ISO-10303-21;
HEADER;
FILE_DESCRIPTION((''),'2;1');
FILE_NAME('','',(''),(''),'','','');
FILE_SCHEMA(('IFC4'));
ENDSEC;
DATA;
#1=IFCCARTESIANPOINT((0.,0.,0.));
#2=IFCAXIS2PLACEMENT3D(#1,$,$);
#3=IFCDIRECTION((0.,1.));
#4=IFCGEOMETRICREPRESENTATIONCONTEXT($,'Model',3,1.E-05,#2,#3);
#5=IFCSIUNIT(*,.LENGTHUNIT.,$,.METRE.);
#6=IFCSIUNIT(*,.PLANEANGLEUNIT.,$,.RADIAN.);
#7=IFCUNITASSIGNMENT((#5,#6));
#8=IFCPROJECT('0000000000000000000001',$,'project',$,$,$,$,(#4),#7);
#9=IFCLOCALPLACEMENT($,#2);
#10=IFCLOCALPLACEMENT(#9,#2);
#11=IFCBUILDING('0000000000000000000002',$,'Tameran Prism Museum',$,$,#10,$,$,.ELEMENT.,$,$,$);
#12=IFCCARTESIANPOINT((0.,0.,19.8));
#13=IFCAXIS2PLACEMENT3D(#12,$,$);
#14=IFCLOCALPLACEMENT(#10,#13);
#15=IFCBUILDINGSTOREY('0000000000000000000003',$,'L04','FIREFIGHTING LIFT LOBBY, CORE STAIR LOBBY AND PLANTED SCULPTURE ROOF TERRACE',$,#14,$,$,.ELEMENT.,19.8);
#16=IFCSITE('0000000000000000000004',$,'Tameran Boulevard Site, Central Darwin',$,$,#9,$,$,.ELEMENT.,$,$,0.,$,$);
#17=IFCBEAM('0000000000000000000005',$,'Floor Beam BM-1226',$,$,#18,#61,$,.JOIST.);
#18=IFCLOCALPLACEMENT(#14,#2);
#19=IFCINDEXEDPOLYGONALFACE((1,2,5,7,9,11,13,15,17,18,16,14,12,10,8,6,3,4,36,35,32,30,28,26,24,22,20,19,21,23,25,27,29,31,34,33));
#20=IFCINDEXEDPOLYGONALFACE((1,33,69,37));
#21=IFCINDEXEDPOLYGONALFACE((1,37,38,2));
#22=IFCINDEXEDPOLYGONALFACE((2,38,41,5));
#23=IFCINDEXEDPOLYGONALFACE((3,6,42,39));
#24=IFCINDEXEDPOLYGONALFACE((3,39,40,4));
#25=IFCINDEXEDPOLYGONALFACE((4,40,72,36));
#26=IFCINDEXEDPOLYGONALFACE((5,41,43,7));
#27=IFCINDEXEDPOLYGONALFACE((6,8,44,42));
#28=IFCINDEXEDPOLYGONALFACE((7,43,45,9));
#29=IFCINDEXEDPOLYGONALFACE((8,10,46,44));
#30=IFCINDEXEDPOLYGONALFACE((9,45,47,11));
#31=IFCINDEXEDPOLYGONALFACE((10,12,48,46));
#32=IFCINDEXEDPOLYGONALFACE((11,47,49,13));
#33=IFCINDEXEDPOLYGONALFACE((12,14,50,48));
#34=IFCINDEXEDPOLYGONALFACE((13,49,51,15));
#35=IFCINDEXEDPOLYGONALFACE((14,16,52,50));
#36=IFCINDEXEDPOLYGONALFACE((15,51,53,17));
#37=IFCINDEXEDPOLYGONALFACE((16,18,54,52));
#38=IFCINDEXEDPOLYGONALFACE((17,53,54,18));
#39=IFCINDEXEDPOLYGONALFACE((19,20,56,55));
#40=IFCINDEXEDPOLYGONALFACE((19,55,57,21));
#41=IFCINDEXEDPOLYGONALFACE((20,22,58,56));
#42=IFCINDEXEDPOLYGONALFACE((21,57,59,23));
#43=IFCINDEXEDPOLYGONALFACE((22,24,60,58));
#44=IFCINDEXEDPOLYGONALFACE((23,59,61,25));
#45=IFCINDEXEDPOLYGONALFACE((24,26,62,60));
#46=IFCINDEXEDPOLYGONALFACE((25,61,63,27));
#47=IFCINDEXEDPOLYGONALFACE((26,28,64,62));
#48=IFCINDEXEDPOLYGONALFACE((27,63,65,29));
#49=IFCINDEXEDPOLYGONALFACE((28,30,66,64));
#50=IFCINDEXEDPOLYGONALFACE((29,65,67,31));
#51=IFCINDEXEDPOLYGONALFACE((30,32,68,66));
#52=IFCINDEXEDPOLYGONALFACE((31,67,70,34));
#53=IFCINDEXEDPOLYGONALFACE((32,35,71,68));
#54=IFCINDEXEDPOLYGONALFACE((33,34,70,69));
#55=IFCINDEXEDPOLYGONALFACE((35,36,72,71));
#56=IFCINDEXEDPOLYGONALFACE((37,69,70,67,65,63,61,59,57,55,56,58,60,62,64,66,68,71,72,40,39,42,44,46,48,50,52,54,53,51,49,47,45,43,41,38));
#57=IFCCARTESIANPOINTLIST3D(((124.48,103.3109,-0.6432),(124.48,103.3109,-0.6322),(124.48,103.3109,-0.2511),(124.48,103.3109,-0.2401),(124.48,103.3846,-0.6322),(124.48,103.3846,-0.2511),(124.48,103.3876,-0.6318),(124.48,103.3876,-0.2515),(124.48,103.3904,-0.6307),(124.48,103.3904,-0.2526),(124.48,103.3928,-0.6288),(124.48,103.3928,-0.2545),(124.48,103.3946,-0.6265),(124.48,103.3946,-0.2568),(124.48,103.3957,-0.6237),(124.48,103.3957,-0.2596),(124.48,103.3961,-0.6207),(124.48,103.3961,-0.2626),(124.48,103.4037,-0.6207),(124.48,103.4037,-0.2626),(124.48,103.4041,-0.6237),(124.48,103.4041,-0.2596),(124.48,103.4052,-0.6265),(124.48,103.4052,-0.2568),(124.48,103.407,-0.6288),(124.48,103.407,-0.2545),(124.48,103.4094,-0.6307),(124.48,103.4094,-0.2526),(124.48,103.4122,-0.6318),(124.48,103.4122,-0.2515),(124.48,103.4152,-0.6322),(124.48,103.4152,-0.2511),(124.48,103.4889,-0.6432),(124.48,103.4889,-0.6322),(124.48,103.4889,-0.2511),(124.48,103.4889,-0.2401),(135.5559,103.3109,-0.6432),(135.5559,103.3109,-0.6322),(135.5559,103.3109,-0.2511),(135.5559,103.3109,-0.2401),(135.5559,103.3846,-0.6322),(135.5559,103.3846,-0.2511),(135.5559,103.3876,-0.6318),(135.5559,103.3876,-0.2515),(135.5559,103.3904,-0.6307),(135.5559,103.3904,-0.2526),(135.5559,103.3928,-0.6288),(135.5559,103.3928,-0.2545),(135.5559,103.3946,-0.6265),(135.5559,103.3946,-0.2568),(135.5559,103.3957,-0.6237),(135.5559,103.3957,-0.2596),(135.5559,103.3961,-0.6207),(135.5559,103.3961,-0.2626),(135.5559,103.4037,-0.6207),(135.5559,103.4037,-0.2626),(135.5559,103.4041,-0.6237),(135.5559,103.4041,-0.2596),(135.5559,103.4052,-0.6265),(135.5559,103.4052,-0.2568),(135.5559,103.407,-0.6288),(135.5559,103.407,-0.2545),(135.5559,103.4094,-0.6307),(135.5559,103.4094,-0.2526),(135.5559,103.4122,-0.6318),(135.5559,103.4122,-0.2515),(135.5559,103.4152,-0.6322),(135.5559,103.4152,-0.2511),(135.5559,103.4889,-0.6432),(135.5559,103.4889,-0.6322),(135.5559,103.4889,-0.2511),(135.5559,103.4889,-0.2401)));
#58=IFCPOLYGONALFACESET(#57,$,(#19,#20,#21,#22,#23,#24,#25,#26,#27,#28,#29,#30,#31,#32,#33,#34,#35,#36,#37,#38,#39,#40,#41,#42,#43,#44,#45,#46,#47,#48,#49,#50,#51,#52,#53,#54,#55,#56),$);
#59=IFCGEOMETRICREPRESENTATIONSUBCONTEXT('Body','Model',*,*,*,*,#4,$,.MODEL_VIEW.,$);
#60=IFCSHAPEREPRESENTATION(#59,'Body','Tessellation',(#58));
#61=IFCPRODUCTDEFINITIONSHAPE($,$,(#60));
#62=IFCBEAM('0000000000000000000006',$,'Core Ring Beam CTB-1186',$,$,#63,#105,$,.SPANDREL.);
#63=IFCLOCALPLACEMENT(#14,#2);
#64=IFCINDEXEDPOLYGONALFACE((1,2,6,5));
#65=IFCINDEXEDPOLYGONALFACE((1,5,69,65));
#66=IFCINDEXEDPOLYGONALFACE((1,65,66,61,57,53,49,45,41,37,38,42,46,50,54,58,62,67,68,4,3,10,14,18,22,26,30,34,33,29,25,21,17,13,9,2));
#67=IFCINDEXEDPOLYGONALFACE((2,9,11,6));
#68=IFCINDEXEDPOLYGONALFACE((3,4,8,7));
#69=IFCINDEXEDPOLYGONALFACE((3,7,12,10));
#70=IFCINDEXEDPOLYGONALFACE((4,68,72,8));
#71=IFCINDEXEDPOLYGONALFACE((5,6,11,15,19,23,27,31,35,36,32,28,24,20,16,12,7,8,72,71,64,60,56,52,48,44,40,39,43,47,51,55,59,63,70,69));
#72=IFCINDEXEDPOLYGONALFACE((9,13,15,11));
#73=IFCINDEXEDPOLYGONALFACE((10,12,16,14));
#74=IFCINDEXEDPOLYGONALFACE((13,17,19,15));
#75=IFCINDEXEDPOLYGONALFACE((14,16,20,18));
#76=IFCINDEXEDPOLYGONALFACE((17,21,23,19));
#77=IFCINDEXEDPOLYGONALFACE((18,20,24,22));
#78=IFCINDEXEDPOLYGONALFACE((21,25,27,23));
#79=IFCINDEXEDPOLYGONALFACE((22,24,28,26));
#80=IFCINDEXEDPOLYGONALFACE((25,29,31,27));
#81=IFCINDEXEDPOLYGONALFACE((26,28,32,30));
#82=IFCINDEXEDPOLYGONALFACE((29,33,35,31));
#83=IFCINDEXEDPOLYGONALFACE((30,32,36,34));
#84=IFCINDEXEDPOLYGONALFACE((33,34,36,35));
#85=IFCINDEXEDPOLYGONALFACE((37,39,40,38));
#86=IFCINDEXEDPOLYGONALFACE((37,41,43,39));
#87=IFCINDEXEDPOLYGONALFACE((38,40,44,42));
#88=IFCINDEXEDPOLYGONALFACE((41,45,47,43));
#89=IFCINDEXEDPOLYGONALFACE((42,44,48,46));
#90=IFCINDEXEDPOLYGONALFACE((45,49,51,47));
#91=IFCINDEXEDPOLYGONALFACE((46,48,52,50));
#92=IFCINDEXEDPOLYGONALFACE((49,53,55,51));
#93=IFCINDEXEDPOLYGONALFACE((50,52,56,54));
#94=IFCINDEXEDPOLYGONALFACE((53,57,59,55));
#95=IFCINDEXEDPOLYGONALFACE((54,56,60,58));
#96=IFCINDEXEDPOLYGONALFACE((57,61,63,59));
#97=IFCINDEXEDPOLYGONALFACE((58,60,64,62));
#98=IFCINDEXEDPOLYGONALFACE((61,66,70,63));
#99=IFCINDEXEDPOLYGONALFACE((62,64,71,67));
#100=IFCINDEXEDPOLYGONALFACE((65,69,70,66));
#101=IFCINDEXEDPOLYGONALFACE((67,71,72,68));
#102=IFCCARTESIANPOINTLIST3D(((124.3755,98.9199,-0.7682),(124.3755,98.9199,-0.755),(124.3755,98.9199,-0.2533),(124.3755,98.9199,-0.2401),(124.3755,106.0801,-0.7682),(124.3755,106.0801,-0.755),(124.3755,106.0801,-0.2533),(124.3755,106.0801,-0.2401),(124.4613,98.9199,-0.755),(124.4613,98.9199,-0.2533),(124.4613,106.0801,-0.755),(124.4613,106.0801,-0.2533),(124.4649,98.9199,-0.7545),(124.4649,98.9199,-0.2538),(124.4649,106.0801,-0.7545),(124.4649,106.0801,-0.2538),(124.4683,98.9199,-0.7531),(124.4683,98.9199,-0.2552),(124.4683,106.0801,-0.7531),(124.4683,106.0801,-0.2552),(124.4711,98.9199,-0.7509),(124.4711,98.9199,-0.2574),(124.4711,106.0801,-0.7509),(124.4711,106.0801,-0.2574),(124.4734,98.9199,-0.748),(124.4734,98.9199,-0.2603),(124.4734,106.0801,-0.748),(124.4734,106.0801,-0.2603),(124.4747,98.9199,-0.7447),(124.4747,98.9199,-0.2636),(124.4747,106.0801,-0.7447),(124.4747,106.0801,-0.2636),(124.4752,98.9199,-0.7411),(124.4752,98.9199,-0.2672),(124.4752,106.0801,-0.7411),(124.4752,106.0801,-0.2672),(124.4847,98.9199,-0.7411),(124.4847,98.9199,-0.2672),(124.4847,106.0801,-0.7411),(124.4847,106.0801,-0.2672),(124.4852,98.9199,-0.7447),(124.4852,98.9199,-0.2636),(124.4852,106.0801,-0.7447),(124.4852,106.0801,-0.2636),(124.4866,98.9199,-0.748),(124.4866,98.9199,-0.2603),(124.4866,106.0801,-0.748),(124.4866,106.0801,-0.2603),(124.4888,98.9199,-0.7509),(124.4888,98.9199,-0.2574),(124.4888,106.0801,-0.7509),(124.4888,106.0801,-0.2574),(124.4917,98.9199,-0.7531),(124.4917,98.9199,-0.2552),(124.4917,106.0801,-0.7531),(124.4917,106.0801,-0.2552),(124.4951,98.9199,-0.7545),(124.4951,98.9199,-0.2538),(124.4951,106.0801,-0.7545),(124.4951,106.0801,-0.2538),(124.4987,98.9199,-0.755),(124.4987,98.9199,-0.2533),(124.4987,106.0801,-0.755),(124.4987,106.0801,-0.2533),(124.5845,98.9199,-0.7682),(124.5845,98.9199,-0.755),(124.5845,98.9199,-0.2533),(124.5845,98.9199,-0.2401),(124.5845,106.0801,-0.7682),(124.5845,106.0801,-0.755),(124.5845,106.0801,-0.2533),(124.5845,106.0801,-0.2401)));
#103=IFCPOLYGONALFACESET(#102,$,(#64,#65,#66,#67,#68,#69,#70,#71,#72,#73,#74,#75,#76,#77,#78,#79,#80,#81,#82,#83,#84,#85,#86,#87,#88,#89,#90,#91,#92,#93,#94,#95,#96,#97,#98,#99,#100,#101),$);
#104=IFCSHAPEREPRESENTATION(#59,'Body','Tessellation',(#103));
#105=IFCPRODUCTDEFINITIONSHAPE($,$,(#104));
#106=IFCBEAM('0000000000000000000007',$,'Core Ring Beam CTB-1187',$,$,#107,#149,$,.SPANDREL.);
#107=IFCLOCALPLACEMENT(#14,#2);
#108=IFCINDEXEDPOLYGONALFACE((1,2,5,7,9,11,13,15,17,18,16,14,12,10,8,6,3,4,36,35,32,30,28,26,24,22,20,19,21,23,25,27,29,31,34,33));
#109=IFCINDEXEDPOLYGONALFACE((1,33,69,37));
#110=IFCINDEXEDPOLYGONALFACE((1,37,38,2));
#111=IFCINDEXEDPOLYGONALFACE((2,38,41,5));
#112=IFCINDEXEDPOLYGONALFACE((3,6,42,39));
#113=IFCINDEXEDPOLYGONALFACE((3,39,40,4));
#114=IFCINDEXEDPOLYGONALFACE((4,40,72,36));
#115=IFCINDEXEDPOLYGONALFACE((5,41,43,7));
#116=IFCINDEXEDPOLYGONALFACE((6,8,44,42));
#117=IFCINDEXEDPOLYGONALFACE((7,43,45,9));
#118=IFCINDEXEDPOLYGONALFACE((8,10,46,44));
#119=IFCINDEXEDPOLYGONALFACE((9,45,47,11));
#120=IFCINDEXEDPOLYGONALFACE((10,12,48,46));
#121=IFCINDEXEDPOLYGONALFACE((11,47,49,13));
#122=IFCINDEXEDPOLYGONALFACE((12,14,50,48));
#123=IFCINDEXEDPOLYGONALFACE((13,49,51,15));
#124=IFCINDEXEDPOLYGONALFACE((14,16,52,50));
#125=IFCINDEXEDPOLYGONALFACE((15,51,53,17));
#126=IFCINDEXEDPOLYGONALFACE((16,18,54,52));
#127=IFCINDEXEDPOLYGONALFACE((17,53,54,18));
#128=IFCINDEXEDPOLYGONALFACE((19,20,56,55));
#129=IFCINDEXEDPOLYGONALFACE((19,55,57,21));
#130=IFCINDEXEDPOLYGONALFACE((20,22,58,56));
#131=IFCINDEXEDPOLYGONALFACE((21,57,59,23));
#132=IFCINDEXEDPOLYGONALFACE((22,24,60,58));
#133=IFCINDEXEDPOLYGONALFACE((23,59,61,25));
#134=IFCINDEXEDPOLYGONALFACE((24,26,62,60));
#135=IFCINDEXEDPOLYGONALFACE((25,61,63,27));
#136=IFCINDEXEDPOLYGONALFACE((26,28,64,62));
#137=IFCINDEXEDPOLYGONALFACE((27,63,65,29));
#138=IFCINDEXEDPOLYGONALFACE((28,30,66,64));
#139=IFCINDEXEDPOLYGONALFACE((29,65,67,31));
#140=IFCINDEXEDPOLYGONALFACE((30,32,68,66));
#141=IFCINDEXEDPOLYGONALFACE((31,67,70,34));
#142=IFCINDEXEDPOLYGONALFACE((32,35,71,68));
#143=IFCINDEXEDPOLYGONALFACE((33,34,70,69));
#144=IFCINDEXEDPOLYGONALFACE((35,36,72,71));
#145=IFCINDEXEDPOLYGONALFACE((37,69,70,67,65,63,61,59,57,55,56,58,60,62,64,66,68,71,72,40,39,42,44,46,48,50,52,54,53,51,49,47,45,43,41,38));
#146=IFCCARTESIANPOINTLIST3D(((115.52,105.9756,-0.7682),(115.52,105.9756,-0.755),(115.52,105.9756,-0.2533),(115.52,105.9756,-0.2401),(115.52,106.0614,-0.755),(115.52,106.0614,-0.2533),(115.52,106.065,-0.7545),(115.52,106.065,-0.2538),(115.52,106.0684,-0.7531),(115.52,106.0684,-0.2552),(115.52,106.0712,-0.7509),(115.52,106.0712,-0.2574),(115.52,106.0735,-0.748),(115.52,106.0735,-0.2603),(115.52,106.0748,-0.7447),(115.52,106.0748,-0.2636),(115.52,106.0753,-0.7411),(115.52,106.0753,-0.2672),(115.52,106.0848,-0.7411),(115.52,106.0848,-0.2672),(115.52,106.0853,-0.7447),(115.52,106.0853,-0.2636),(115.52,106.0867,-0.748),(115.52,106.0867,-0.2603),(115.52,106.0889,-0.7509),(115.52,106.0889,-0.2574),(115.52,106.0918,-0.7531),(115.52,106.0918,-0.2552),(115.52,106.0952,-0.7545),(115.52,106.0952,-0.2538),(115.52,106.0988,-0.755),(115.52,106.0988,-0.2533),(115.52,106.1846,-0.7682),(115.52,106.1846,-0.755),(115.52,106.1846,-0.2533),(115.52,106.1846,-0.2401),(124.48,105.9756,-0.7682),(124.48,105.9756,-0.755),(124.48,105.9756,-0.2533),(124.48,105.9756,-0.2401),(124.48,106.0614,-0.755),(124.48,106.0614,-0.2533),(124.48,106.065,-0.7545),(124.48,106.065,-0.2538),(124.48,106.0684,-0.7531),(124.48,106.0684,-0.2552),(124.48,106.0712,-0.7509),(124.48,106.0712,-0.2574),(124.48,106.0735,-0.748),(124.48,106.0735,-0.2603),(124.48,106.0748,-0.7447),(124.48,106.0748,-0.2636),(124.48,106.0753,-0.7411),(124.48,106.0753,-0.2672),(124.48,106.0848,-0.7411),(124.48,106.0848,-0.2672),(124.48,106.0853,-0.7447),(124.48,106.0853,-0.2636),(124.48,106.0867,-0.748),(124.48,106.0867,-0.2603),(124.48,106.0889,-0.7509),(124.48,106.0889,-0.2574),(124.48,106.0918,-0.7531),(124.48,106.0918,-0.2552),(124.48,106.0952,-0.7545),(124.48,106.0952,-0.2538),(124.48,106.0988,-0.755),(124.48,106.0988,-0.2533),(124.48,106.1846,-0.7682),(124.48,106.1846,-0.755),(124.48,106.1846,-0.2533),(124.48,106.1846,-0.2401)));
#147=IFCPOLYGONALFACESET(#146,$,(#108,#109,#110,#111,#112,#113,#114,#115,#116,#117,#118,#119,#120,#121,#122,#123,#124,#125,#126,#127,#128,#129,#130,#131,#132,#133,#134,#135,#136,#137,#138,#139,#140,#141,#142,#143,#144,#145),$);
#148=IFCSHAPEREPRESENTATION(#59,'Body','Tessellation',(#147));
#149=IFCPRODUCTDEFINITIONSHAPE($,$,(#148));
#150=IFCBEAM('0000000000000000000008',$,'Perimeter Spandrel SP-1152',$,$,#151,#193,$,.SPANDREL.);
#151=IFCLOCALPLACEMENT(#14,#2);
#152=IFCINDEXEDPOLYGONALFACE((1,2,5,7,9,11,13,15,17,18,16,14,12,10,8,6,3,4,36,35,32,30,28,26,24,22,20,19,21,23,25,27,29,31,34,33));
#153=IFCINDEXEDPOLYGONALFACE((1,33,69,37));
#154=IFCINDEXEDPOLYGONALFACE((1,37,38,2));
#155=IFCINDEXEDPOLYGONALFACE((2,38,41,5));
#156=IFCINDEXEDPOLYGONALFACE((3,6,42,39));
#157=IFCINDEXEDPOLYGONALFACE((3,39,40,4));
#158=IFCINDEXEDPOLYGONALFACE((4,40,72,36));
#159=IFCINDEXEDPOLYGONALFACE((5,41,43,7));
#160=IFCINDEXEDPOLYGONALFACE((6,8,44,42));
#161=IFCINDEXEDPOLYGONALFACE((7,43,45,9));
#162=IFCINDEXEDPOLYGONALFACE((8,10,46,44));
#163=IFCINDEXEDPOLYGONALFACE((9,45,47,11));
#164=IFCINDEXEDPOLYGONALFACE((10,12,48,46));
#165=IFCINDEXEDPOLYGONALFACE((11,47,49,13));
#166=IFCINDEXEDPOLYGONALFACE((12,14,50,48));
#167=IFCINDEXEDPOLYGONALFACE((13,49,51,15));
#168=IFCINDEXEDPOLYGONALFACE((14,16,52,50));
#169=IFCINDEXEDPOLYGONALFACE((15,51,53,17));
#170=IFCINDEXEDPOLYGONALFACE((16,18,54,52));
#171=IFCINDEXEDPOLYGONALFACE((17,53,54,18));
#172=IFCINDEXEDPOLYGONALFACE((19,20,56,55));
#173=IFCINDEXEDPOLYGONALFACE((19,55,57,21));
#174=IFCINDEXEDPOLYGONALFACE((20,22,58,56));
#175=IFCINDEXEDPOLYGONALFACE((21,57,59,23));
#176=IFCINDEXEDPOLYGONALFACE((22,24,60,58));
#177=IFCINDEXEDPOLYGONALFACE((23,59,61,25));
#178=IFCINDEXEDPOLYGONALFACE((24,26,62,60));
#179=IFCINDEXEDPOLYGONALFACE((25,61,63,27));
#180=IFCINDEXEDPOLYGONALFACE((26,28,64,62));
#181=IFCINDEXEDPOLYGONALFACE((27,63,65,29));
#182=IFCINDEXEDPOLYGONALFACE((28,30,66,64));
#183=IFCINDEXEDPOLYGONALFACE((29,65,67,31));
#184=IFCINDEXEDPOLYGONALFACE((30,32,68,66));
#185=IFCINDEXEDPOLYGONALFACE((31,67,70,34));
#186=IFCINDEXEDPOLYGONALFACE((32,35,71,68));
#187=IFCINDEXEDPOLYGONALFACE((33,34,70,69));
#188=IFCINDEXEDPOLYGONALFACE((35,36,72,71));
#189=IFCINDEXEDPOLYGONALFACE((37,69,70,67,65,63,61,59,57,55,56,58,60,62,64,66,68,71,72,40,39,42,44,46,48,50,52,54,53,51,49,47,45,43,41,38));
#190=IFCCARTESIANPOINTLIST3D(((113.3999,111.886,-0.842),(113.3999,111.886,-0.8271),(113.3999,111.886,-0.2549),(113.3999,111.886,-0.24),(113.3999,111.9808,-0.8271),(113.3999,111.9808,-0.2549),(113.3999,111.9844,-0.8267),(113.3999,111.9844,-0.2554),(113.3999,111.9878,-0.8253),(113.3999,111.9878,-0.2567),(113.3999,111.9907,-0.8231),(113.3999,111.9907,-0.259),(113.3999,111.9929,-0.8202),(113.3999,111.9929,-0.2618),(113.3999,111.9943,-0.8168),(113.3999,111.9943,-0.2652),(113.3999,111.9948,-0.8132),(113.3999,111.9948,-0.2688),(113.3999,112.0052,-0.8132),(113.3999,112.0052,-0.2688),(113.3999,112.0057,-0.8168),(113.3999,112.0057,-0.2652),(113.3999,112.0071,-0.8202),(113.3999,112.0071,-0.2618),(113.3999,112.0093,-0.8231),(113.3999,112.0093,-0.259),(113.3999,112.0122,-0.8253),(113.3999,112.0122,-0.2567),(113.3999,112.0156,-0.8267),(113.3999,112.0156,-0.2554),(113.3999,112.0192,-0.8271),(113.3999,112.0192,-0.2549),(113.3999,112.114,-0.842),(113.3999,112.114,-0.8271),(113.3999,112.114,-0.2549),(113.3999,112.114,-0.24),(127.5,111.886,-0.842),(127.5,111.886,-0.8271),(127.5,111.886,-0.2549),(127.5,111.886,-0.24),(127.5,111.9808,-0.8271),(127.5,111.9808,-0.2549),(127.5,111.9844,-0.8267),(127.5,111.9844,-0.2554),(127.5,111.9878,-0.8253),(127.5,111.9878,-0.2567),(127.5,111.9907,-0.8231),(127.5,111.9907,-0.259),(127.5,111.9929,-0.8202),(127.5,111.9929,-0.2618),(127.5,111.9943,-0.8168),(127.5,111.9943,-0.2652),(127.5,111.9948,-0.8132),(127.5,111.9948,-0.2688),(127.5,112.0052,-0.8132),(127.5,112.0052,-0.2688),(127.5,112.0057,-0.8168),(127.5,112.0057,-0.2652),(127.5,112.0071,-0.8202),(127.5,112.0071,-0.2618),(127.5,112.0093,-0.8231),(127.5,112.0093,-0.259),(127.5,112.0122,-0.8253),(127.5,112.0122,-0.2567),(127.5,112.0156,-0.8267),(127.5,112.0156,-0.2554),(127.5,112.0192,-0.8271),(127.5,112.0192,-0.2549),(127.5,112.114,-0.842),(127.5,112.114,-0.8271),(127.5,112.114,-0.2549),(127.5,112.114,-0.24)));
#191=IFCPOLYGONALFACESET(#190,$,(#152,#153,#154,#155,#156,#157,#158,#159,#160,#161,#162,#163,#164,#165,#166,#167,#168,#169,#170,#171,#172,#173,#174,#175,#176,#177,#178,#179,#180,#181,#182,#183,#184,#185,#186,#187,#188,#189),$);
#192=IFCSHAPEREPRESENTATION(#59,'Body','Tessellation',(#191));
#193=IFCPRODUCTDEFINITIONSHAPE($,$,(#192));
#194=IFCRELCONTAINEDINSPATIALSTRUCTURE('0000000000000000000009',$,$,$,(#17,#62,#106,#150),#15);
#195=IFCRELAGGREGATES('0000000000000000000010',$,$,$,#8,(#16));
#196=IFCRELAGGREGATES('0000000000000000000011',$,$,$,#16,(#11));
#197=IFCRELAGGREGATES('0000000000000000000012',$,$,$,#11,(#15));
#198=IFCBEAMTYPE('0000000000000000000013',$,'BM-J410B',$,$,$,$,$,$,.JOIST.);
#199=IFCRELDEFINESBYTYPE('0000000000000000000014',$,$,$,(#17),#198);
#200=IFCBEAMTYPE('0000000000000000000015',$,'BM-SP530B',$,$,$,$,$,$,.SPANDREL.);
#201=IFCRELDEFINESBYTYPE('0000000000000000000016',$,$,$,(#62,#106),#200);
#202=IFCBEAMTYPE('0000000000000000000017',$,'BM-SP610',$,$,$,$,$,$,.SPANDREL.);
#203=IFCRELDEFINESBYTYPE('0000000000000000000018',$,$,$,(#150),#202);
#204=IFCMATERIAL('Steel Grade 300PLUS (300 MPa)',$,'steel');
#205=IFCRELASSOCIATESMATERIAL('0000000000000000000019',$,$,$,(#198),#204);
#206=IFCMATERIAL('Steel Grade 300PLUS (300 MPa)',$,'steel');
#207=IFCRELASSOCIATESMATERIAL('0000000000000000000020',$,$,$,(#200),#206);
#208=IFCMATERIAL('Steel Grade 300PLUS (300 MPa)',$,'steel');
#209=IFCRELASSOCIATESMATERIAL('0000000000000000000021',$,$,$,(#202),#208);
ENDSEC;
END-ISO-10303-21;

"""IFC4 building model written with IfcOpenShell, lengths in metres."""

from ifc_helpers import new_model, si_unit, direction, frame, origin, origin_2d, place, context, subcontext, project, spatial, i_section, extrude, material, material_profile, profile_set, type_object, element, save


model = new_model("IFC4")

# Units and contexts
model_context = context("Model", 3, precision=1e-05, world=origin(), true_north=direction((0.0, 1.0)))
body_context = subcontext(model_context, "Body", "Model", "MODEL_VIEW")
ifc_project = project(units=[si_unit("LENGTHUNIT", "METRE"), si_unit("PLANEANGLEUNIT", "RADIAN")], contexts=[model_context])

# Site, building, storey
site_placement = place(None, origin())
site = spatial("IfcSite", under=ifc_project, at=site_placement, Name="Tameran Boulevard Site, Central Darwin", CompositionType="ELEMENT", RefElevation=0.0)
building_placement = place(site_placement, origin())
building = spatial("IfcBuilding", under=site, at=building_placement, Name="Tameran Prism Museum", CompositionType="ELEMENT")
storey_placement = place(building_placement, frame((0.0, 0.0, 19.8)))
storey = spatial("IfcBuildingStorey", under=building, at=storey_placement, Name="L04", Description="FIREFIGHTING LIFT LOBBY, CORE STAIR LOBBY AND PLANTED SCULPTURE ROOF TERRACE", CompositionType="ELEMENT", Elevation=19.8)

# Beams
ifc_material_1 = material(Name="Steel Grade 300PLUS (300 MPa)", Category="steel")
ifc_material_profile_1 = material_profile(ifc_material_1, i_section(OverallWidth=0.178, OverallDepth=0.4031, WebThickness=0.0076, FlangeThickness=0.011, FilletRadius=0.0115, at=origin_2d()))
ifc_profile_set_1 = profile_set([ifc_material_profile_1])
beam_type_1 = type_object("IfcBeamType", Name="BM-J410B", PredefinedType="JOIST", material=ifc_profile_set_1)
beam_1_placement = place(storey_placement, frame((124.48, 103.3999, -0.4417), z_axis=(1.0, 0.0, 0.0), x_axis=(0.0, 1.0, 0.0)))
element("IfcBeam", 1, at=beam_1_placement, inside=storey, type_object=beam_type_1, Name="Floor Beam BM-1226", PredefinedType="JOIST", context=body_context, shape_type="SweptSolid", body=[
    extrude(i_section(OverallWidth=0.178, OverallDepth=0.4031, WebThickness=0.0076, FlangeThickness=0.011, FilletRadius=0.0115, at=origin_2d()), origin(), (0.0, 0.0, 1.0), 11.0759),
])
ifc_material_2 = material(Name="Steel Grade 300PLUS (300 MPa)", Category="steel")
ifc_material_profile_2 = material_profile(ifc_material_2, i_section(OverallWidth=0.209, OverallDepth=0.5281, WebThickness=0.0095, FlangeThickness=0.0132, FilletRadius=0.0139, at=origin_2d()))
ifc_profile_set_2 = profile_set([ifc_material_profile_2])
beam_type_2 = type_object("IfcBeamType", Name="BM-SP530B", PredefinedType="SPANDREL", material=ifc_profile_set_2)
beam_2_placement = place(storey_placement, frame((124.48, 98.9199, -0.5042), z_axis=(0.0, 1.0, 0.0), x_axis=(-1.0, 0.0, 0.0)))
element("IfcBeam", 2, at=beam_2_placement, inside=storey, type_object=beam_type_2, Name="Core Ring Beam CTB-1186", PredefinedType="SPANDREL", context=body_context, shape_type="SweptSolid", body=[
    extrude(i_section(OverallWidth=0.209, OverallDepth=0.5281, WebThickness=0.0095, FlangeThickness=0.0132, FilletRadius=0.0139, at=origin_2d()), origin(), (0.0, 0.0, 1.0), 7.1602),
])
beam_3_placement = place(storey_placement, frame((124.48, 106.0801, -0.5042), z_axis=(-1.0, 0.0, 0.0), x_axis=(0.0, -1.0, 0.0)))
element("IfcBeam", 3, at=beam_3_placement, inside=storey, type_object=beam_type_2, Name="Core Ring Beam CTB-1187", PredefinedType="SPANDREL", context=body_context, shape_type="SweptSolid", body=[
    extrude(i_section(OverallWidth=0.209, OverallDepth=0.5281, WebThickness=0.0095, FlangeThickness=0.0132, FilletRadius=0.0139, at=origin_2d()), origin(), (0.0, 0.0, 1.0), 8.96),
])
ifc_material_3 = material(Name="Steel Grade 300PLUS (300 MPa)", Category="steel")
ifc_material_profile_3 = material_profile(ifc_material_3, i_section(OverallWidth=0.228, OverallDepth=0.6021, WebThickness=0.0105, FlangeThickness=0.0149, FilletRadius=0.0139, at=origin_2d()))
ifc_profile_set_3 = profile_set([ifc_material_profile_3])
beam_type_3 = type_object("IfcBeamType", Name="BM-SP610", PredefinedType="SPANDREL", material=ifc_profile_set_3)
beam_4_placement = place(storey_placement, frame((127.5, 112.0, -0.541), z_axis=(-1.0, 0.0, 0.0), x_axis=(0.0, -1.0, 0.0)))
element("IfcBeam", 4, at=beam_4_placement, inside=storey, type_object=beam_type_3, Name="Perimeter Spandrel SP-1152", PredefinedType="SPANDREL", context=body_context, shape_type="SweptSolid", body=[
    extrude(i_section(OverallWidth=0.228, OverallDepth=0.6021, WebThickness=0.0105, FlangeThickness=0.0149, FilletRadius=0.0139, at=origin_2d()), origin(), (0.0, 0.0, 1.0), 14.1001),
])

save(model, "model.ifc")
